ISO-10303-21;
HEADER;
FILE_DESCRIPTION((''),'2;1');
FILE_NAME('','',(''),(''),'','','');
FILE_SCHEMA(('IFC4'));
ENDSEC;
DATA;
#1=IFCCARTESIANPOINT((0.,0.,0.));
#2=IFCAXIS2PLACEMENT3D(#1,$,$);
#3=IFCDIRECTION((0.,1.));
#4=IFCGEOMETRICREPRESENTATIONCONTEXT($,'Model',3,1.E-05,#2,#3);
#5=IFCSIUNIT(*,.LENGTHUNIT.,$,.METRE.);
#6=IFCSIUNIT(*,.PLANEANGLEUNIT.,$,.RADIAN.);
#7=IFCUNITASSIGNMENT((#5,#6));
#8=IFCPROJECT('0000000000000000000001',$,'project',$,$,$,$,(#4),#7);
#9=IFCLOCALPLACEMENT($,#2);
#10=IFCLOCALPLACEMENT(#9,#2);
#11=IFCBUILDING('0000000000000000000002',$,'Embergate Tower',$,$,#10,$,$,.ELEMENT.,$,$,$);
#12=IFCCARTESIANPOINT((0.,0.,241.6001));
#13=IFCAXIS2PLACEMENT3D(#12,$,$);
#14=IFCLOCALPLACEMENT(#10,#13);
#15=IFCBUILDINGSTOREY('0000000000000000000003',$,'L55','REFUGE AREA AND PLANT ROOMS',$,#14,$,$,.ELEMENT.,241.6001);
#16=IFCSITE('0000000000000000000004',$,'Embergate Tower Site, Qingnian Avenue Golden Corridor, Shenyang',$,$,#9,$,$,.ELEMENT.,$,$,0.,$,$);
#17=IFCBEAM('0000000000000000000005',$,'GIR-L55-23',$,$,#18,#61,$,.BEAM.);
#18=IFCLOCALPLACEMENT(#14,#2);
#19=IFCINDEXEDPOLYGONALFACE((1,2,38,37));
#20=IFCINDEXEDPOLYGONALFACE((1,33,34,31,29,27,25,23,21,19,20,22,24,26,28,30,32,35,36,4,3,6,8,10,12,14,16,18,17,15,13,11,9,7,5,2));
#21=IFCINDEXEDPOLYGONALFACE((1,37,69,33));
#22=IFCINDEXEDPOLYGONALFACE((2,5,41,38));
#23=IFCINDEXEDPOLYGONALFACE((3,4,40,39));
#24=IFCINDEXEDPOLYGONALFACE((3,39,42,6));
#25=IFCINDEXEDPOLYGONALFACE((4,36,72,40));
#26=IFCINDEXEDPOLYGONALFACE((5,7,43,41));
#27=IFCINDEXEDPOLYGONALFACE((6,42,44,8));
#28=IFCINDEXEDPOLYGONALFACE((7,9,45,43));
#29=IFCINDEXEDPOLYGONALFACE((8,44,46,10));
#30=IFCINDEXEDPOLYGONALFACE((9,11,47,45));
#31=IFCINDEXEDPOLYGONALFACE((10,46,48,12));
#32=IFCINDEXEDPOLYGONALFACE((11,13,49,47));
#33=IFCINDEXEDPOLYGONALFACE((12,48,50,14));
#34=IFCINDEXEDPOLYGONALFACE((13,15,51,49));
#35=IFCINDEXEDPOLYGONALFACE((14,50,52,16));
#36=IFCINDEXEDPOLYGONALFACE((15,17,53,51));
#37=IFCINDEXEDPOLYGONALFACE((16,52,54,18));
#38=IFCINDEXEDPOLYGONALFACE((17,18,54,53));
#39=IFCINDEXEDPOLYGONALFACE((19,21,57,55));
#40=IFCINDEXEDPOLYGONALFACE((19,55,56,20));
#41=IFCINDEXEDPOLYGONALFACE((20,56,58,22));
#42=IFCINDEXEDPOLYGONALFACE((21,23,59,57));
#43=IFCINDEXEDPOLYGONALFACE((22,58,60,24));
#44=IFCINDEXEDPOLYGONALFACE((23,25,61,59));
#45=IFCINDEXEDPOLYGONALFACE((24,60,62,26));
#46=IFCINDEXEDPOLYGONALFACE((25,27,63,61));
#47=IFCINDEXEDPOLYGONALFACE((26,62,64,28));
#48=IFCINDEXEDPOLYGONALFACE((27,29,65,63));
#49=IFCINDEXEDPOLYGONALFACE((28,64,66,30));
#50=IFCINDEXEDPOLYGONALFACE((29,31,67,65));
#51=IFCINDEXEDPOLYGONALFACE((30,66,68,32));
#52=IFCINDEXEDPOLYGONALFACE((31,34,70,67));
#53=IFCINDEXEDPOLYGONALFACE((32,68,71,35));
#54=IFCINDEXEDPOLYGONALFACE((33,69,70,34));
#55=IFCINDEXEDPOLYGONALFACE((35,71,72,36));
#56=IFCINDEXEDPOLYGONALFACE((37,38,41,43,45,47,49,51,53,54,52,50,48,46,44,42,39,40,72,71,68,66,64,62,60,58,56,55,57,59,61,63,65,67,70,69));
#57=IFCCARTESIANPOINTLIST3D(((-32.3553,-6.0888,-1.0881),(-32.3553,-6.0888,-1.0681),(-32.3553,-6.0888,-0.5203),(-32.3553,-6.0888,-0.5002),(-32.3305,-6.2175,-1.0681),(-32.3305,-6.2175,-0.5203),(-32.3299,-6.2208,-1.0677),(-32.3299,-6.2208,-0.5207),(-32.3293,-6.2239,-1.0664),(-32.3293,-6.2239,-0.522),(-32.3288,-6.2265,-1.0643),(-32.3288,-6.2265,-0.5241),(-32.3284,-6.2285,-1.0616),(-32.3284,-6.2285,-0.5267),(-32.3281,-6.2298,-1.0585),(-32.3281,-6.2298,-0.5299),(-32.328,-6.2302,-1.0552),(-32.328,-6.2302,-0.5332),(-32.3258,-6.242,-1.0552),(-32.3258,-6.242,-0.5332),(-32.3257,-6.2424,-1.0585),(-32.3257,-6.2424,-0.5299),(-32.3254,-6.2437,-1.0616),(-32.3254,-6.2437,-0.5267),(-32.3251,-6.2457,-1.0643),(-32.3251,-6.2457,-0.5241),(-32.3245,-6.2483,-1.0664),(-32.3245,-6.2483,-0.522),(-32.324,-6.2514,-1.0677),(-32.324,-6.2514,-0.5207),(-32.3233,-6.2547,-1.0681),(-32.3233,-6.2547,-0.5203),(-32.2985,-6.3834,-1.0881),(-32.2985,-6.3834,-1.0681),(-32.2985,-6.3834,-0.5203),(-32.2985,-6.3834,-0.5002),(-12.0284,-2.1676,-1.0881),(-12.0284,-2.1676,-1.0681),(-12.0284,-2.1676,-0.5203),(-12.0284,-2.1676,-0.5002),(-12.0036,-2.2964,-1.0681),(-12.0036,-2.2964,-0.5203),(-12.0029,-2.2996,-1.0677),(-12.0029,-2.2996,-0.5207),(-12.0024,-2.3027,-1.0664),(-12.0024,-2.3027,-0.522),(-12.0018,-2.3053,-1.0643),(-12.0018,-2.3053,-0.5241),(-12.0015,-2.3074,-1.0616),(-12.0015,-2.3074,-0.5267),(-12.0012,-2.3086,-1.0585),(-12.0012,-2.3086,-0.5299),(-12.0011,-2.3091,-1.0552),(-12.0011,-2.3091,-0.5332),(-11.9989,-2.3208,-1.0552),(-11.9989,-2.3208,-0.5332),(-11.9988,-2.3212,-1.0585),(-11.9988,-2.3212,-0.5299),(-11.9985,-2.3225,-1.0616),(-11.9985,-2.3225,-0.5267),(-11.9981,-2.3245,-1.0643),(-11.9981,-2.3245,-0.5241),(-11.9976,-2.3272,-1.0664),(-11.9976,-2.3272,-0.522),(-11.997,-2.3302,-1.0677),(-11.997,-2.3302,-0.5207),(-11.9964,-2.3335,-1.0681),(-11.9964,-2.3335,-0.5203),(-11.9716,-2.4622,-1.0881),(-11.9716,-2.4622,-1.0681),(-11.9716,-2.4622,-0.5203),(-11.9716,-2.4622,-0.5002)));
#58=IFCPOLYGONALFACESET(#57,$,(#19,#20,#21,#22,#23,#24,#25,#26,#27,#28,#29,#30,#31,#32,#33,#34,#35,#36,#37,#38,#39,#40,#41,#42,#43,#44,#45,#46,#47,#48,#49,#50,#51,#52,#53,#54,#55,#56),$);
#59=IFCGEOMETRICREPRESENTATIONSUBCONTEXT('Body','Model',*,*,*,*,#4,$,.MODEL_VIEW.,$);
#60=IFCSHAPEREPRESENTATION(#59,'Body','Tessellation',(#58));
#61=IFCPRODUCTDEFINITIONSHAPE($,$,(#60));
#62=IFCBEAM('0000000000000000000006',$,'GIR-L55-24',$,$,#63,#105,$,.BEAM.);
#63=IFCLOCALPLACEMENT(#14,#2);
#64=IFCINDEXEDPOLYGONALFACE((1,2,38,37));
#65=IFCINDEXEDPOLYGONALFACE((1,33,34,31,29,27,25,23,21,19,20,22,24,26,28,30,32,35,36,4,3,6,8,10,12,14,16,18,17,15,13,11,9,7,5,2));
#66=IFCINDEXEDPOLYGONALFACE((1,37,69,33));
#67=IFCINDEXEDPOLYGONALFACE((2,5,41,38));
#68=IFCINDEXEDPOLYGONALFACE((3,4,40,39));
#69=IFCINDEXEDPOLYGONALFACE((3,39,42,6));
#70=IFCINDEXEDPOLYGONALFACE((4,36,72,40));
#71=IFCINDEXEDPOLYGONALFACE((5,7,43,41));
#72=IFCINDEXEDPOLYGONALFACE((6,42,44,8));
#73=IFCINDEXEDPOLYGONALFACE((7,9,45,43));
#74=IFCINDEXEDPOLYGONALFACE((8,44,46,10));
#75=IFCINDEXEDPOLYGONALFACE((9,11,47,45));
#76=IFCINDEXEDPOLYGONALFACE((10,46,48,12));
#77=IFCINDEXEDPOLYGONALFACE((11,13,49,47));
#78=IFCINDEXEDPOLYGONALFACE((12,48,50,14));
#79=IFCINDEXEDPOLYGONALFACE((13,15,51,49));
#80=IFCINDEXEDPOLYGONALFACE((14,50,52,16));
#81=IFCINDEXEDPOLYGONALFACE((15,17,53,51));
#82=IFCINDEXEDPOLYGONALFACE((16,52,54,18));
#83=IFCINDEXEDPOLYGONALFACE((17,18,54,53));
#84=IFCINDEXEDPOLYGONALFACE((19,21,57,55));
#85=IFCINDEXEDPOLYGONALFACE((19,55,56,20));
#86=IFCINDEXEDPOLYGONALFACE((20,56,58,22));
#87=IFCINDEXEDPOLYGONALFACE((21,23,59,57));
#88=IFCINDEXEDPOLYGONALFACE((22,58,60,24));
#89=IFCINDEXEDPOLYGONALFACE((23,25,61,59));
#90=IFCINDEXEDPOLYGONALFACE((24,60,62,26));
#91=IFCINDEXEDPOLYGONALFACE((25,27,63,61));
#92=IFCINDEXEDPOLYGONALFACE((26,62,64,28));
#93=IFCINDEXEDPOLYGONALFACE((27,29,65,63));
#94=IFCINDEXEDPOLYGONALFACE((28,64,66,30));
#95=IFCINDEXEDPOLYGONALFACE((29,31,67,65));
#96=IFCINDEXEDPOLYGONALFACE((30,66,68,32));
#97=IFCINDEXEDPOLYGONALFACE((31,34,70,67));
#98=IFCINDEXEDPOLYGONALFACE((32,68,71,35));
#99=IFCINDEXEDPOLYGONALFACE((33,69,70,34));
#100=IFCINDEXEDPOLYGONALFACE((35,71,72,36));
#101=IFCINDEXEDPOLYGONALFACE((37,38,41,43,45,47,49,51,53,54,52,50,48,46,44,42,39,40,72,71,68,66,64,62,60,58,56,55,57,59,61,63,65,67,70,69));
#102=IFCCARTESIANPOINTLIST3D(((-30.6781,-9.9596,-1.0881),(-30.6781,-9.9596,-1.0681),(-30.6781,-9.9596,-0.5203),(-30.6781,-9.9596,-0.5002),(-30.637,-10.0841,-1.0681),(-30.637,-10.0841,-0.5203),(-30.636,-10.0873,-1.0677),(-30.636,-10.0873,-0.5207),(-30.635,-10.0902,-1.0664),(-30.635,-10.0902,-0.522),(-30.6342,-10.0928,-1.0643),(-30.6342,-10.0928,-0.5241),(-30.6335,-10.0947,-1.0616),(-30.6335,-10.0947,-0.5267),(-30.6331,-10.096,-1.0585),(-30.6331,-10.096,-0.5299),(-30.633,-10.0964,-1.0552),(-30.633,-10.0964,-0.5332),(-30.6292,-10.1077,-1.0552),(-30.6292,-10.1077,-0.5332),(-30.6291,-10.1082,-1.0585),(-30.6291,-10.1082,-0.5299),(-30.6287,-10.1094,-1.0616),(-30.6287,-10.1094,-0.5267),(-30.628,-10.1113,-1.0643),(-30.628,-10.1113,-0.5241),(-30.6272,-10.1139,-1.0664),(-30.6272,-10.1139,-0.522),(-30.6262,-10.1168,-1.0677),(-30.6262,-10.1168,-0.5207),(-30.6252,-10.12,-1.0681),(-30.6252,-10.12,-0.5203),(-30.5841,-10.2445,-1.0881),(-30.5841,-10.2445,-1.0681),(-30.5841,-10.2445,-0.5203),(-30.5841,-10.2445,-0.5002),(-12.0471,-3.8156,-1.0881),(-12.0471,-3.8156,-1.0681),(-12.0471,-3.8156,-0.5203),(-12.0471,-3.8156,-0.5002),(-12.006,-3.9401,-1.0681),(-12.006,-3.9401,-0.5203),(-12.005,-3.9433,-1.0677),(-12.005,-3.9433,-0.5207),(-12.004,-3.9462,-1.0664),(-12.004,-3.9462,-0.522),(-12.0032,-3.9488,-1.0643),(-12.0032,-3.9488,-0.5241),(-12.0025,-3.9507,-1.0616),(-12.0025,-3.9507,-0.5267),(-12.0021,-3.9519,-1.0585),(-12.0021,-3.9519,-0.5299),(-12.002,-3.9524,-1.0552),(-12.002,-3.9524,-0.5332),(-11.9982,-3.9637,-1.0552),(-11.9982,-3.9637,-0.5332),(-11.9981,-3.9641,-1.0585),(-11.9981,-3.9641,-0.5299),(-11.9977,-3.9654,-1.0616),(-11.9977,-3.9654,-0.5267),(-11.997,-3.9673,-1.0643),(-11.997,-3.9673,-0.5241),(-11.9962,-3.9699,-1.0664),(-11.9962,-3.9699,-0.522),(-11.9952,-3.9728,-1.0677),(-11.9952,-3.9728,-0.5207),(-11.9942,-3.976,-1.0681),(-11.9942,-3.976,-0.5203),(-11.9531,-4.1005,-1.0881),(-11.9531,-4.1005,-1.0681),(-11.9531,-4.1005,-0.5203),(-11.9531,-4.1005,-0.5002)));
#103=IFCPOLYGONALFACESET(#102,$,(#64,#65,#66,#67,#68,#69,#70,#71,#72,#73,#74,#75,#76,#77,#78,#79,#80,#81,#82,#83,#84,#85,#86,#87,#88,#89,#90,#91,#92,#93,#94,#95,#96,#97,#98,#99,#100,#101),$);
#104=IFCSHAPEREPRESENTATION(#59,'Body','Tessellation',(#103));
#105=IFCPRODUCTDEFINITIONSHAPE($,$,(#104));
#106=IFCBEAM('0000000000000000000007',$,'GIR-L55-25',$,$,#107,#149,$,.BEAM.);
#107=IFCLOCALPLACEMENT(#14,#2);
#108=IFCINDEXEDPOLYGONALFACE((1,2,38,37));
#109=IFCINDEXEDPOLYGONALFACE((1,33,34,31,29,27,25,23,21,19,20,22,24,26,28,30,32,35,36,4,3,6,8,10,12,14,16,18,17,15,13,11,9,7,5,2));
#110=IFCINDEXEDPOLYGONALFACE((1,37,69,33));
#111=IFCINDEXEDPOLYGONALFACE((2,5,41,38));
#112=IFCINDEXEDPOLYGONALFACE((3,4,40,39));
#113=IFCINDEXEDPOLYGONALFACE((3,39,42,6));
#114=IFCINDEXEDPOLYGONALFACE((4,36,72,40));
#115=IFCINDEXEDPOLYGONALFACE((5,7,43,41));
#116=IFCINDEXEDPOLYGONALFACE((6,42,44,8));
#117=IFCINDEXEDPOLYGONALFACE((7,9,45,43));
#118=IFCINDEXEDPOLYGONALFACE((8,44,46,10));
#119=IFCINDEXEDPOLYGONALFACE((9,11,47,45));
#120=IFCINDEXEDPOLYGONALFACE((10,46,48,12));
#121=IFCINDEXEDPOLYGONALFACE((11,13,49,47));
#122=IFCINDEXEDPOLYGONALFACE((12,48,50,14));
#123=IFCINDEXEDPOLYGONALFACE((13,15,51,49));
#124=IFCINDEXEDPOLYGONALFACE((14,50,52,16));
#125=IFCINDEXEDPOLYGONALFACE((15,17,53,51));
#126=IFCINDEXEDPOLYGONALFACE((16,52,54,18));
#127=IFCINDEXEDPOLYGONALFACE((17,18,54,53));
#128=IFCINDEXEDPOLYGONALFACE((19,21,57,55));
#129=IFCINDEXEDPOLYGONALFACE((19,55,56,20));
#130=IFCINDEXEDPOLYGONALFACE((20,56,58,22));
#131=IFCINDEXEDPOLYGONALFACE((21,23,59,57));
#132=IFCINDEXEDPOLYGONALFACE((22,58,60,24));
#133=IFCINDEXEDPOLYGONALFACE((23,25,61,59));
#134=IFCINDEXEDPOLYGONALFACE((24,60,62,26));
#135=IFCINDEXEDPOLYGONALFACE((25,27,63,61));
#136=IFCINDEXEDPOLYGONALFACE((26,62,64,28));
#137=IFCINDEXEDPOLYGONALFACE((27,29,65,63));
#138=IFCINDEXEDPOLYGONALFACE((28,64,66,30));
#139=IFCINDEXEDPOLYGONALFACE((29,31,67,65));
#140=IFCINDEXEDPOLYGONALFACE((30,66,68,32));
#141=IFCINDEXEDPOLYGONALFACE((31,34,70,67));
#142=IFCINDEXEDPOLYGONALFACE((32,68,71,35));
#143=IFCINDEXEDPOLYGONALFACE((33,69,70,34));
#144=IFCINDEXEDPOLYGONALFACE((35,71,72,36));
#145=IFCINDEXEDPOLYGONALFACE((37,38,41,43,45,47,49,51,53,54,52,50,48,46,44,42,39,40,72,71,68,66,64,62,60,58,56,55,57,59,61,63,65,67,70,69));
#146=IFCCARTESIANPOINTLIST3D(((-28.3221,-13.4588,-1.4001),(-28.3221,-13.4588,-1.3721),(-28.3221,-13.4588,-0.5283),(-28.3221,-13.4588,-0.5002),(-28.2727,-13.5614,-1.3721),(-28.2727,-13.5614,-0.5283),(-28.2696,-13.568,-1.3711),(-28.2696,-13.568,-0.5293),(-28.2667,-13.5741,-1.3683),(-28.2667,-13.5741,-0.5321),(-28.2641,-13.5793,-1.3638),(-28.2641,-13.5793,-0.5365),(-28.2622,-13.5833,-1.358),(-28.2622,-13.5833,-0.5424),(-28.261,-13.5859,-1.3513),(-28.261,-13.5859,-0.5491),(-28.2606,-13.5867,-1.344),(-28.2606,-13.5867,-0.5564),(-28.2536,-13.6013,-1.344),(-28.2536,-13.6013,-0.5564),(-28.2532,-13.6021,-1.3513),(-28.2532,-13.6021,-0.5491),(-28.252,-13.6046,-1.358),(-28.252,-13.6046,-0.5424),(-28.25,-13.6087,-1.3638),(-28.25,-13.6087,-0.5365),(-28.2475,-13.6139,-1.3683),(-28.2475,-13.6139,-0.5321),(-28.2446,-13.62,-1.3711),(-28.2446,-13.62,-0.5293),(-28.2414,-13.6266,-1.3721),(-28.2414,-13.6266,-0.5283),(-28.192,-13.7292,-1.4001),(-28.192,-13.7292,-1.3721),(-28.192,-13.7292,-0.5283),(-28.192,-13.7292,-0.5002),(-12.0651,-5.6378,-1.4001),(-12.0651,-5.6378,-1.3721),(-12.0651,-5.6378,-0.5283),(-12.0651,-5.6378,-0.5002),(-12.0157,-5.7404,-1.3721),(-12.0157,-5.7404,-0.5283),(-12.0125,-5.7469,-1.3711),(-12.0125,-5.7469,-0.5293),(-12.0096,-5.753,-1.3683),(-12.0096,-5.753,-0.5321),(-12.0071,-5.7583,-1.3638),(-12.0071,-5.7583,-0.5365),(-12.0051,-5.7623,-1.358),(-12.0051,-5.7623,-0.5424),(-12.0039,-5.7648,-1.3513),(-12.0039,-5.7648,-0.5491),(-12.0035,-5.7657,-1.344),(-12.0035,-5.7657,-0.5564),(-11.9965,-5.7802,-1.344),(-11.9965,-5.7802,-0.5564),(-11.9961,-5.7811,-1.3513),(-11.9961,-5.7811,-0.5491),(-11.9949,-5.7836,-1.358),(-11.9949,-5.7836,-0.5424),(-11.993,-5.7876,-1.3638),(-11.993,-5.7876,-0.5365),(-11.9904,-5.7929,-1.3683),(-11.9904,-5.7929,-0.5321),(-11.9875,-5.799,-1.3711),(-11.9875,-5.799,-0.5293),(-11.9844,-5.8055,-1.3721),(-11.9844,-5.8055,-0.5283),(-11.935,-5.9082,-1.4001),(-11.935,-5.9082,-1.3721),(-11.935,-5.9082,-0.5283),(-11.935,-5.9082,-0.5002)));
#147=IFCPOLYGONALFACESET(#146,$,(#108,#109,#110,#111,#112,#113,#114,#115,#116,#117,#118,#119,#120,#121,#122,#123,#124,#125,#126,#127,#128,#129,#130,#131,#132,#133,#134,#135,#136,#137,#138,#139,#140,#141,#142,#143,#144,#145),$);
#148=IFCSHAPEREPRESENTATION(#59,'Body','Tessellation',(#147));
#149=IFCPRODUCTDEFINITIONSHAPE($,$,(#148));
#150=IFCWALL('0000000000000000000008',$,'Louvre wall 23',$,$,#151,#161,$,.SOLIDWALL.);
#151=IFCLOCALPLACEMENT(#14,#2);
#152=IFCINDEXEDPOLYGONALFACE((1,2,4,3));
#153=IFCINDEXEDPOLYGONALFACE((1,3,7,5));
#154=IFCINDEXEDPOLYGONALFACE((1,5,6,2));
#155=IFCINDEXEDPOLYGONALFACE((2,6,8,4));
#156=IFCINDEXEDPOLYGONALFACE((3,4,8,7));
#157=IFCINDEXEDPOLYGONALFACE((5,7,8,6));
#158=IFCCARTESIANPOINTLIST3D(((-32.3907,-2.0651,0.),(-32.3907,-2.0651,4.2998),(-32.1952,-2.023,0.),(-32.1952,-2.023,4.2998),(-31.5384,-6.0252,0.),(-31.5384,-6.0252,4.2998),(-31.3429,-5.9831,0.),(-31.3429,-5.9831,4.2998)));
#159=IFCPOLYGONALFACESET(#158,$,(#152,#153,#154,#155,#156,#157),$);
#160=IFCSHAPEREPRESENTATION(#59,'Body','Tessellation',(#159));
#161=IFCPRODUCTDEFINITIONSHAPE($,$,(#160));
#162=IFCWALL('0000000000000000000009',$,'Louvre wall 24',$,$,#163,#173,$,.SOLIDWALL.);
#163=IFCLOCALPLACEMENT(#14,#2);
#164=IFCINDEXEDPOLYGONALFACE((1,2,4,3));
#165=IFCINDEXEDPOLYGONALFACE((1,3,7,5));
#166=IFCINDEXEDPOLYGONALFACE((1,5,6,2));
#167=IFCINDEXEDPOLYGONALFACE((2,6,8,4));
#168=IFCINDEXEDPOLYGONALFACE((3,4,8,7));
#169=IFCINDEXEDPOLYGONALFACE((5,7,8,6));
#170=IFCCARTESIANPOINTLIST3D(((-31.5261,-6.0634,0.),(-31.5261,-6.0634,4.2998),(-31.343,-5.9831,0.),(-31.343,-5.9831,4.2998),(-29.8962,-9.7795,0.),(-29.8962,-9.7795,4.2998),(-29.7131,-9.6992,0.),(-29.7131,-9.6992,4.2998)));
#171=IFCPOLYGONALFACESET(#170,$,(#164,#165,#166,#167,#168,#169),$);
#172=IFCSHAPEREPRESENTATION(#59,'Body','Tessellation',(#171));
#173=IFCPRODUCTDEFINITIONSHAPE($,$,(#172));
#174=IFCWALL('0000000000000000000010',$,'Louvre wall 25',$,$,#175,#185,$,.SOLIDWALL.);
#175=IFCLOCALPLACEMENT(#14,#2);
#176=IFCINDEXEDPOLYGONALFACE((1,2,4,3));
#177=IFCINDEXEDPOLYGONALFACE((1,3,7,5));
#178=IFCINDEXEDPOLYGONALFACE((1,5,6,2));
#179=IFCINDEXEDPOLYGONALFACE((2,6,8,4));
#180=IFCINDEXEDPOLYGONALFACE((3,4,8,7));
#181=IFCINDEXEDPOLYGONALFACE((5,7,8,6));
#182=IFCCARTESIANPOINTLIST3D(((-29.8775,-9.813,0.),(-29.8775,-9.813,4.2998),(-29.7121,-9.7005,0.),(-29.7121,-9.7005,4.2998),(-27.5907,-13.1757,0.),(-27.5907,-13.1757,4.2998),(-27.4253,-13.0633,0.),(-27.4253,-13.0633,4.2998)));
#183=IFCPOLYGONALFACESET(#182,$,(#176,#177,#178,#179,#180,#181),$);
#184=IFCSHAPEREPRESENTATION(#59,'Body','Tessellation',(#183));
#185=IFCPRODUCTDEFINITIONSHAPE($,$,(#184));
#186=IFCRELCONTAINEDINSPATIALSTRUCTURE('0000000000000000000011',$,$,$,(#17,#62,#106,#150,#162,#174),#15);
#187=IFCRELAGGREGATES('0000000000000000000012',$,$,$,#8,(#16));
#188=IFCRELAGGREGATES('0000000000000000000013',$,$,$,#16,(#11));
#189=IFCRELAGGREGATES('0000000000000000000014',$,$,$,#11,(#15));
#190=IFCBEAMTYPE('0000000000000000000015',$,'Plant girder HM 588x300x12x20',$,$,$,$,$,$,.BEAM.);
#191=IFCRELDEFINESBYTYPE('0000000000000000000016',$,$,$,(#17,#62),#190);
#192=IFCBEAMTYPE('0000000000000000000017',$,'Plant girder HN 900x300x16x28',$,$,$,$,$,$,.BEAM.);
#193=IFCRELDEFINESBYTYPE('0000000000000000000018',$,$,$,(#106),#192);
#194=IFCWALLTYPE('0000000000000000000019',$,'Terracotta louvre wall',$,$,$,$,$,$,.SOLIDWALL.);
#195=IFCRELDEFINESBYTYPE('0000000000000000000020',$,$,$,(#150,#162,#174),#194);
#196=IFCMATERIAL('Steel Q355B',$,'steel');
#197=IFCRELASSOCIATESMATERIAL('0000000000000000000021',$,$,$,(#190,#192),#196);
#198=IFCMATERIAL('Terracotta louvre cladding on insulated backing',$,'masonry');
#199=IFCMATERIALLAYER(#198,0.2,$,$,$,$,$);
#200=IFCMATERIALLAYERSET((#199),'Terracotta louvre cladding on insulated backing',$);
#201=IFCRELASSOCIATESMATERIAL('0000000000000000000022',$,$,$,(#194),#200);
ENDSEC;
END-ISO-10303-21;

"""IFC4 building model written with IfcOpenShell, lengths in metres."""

from ifc_helpers import new_model, si_unit, direction, frame, frame_2d, origin, origin_2d, place, context, subcontext, project, spatial, rectangle, i_section, extrude, source, transform, mapped, material, layer, layer_set, material_profile, profile_set, type_object, element, save


model = new_model("IFC4")

# Units and contexts
model_context = context("Model", 3, precision=1e-05, world=origin(), true_north=direction((0.0, 1.0)))
body_context = subcontext(model_context, "Body", "Model", "MODEL_VIEW")
ifc_project = project(units=[si_unit("LENGTHUNIT", "METRE"), si_unit("PLANEANGLEUNIT", "RADIAN")], contexts=[model_context])

# Site, building, storey
site_placement = place(None, origin())
site = spatial("IfcSite", under=ifc_project, at=site_placement, Name="Embergate Tower Site, Qingnian Avenue Golden Corridor, Shenyang", CompositionType="ELEMENT", RefElevation=0.0)
building_placement = place(site_placement, origin())
building = spatial("IfcBuilding", under=site, at=building_placement, Name="Embergate Tower", CompositionType="ELEMENT")
storey_placement = place(building_placement, frame((0.0, 0.0, 241.6001)))
storey = spatial("IfcBuildingStorey", under=building, at=storey_placement, Name="L55", Description="REFUGE AREA AND PLANT ROOMS", CompositionType="ELEMENT", Elevation=241.6001)

# Beams
ifc_material_1 = material(Name="Steel Q355B", Category="steel")
ifc_material_profile_1 = material_profile(ifc_material_1, i_section(OverallWidth=0.3, OverallDepth=0.5879, WebThickness=0.012, FlangeThickness=0.02, FilletRadius=0.0129, at=origin_2d()), Name="HM 588x300x12x20")
ifc_profile_set_1 = profile_set([ifc_material_profile_1], Name="Steel Q355 grade B")
beam_type_1 = type_object("IfcBeamType", Name="Plant girder HM 588x300x12x20", PredefinedType="BEAM", material=ifc_profile_set_1)
shared_shape_1 = source(origin(), body_context, "Body", "SweptSolid", [
    extrude(i_section(OverallWidth=0.3, OverallDepth=0.5879, WebThickness=0.012, FlangeThickness=0.02, FilletRadius=0.0129, at=origin_2d()), origin(), (0.0, 0.0, 1.0), 20.7017),
])
beam_1_placement = place(storey_placement, frame((-32.3269, -6.2361, -0.7942), z_axis=(0.981898, 0.189412, 0.0), x_axis=(-0.189412, 0.981898, 0.0)))
element("IfcBeam", 1, at=beam_1_placement, inside=storey, type_object=beam_type_1, Name="GIR-L55-23", PredefinedType="BEAM", context=body_context, shape_type="MappedRepresentation", body=[
    mapped(shared_shape_1, transform((0.0, 0.0, 0.0))),
])
shared_shape_2 = source(origin(), body_context, "Body", "SweptSolid", [
    extrude(i_section(OverallWidth=0.3, OverallDepth=0.5879, WebThickness=0.012, FlangeThickness=0.02, FilletRadius=0.0129, at=origin_2d()), origin(), (0.0, 0.0, 1.0), 19.6179),
])
beam_2_placement = place(storey_placement, frame((-30.6311, -10.1021, -0.7942), z_axis=(0.949693, 0.313183, 0.0), x_axis=(-0.313183, 0.949693, 0.0)))
element("IfcBeam", 2, at=beam_2_placement, inside=storey, type_object=beam_type_1, Name="GIR-L55-24", PredefinedType="BEAM", context=body_context, shape_type="MappedRepresentation", body=[
    mapped(shared_shape_2, transform((0.0, 0.0, 0.0))),
])
ifc_material_profile_2 = material_profile(ifc_material_1, i_section(OverallWidth=0.3, OverallDepth=0.8999, WebThickness=0.0161, FlangeThickness=0.0281, FilletRadius=0.0281, at=origin_2d()), Name="HN 900x300x16x28")
ifc_profile_set_2 = profile_set([ifc_material_profile_2], Name="Steel Q355 grade B")
beam_type_2 = type_object("IfcBeamType", Name="Plant girder HN 900x300x16x28", PredefinedType="BEAM", material=ifc_profile_set_2)
shared_shape_3 = source(origin(), body_context, "Body", "SweptSolid", [
    extrude(i_section(OverallWidth=0.3, OverallDepth=0.8999, WebThickness=0.0161, FlangeThickness=0.0281, FilletRadius=0.0281, at=origin_2d()), origin(), (0.0, 0.0, 1.0), 18.0405),
])
beam_3_placement = place(storey_placement, frame((-28.2571, -13.594, -0.9502), z_axis=(0.901141, 0.433526, 0.0), x_axis=(-0.433526, 0.901141, 0.0)))
element("IfcBeam", 3, at=beam_3_placement, inside=storey, type_object=beam_type_2, Name="GIR-L55-25", PredefinedType="BEAM", context=body_context, shape_type="MappedRepresentation", body=[
    mapped(shared_shape_3, transform((0.0, 0.0, 0.0))),
])

# Walls
ifc_material_2 = material(Name="Terracotta louvre cladding on insulated backing", Category="masonry")
ifc_layer_1 = layer(ifc_material_2, 0.2)
ifc_layer_set_1 = layer_set([ifc_layer_1], Name="Terracotta louvre cladding on insulated backing")
wall_type_1 = type_object("IfcWallType", Name="Terracotta louvre wall", PredefinedType="SOLIDWALL", material=ifc_layer_set_1)
shared_shape_4 = source(origin(), body_context, "Body", "SweptSolid", [
    extrude(rectangle(XDim=4.0508, YDim=0.2, at=frame_2d((2.0254, 0.0))), origin(), (0.0, 0.0, 1.0), 4.2998),
])
wall_1_placement = place(storey_placement, frame((-31.4407, -6.0042, 0.0), z_axis=(0.0, 0.0, 1.0), x_axis=(-0.210397, 0.977616, 0.0)))
element("IfcWall", 4, at=wall_1_placement, inside=storey, type_object=wall_type_1, Name="Louvre wall 23", PredefinedType="SOLIDWALL", context=body_context, shape_type="MappedRepresentation", body=[
    mapped(shared_shape_4, transform((0.0, 0.0, 0.0))),
])
shared_shape_5 = source(origin(), body_context, "Body", "SweptSolid", [
    extrude(rectangle(XDim=4.0579, YDim=0.2, at=frame_2d((2.0288, 0.0))), origin(), (0.0, 0.0, 1.0), 4.2998),
])
wall_2_placement = place(storey_placement, frame((-29.8047, -9.7393, 0.0), z_axis=(0.0, 0.0, 1.0), x_axis=(-0.401668, 0.915785, 0.0)))
element("IfcWall", 5, at=wall_2_placement, inside=storey, type_object=wall_type_1, Name="Louvre wall 24", PredefinedType="SOLIDWALL", context=body_context, shape_type="MappedRepresentation", body=[
    mapped(shared_shape_5, transform((0.0, 0.0, 0.0))),
])
shared_shape_6 = source(origin(), body_context, "Body", "SweptSolid", [
    extrude(rectangle(XDim=4.0667, YDim=0.2, at=frame_2d((2.0332, 0.0))), origin(), (0.0, 0.0, 1.0), 4.2998),
])
wall_3_placement = place(storey_placement, frame((-27.5081, -13.1194, 0.0), z_axis=(0.0, 0.0, 1.0), x_axis=(-0.562338, 0.826908, 0.0)))
element("IfcWall", 6, at=wall_3_placement, inside=storey, type_object=wall_type_1, Name="Louvre wall 25", PredefinedType="SOLIDWALL", context=body_context, shape_type="MappedRepresentation", body=[
    mapped(shared_shape_6, transform((0.0, 0.0, 0.0))),
])

save(model, "model.ifc")
